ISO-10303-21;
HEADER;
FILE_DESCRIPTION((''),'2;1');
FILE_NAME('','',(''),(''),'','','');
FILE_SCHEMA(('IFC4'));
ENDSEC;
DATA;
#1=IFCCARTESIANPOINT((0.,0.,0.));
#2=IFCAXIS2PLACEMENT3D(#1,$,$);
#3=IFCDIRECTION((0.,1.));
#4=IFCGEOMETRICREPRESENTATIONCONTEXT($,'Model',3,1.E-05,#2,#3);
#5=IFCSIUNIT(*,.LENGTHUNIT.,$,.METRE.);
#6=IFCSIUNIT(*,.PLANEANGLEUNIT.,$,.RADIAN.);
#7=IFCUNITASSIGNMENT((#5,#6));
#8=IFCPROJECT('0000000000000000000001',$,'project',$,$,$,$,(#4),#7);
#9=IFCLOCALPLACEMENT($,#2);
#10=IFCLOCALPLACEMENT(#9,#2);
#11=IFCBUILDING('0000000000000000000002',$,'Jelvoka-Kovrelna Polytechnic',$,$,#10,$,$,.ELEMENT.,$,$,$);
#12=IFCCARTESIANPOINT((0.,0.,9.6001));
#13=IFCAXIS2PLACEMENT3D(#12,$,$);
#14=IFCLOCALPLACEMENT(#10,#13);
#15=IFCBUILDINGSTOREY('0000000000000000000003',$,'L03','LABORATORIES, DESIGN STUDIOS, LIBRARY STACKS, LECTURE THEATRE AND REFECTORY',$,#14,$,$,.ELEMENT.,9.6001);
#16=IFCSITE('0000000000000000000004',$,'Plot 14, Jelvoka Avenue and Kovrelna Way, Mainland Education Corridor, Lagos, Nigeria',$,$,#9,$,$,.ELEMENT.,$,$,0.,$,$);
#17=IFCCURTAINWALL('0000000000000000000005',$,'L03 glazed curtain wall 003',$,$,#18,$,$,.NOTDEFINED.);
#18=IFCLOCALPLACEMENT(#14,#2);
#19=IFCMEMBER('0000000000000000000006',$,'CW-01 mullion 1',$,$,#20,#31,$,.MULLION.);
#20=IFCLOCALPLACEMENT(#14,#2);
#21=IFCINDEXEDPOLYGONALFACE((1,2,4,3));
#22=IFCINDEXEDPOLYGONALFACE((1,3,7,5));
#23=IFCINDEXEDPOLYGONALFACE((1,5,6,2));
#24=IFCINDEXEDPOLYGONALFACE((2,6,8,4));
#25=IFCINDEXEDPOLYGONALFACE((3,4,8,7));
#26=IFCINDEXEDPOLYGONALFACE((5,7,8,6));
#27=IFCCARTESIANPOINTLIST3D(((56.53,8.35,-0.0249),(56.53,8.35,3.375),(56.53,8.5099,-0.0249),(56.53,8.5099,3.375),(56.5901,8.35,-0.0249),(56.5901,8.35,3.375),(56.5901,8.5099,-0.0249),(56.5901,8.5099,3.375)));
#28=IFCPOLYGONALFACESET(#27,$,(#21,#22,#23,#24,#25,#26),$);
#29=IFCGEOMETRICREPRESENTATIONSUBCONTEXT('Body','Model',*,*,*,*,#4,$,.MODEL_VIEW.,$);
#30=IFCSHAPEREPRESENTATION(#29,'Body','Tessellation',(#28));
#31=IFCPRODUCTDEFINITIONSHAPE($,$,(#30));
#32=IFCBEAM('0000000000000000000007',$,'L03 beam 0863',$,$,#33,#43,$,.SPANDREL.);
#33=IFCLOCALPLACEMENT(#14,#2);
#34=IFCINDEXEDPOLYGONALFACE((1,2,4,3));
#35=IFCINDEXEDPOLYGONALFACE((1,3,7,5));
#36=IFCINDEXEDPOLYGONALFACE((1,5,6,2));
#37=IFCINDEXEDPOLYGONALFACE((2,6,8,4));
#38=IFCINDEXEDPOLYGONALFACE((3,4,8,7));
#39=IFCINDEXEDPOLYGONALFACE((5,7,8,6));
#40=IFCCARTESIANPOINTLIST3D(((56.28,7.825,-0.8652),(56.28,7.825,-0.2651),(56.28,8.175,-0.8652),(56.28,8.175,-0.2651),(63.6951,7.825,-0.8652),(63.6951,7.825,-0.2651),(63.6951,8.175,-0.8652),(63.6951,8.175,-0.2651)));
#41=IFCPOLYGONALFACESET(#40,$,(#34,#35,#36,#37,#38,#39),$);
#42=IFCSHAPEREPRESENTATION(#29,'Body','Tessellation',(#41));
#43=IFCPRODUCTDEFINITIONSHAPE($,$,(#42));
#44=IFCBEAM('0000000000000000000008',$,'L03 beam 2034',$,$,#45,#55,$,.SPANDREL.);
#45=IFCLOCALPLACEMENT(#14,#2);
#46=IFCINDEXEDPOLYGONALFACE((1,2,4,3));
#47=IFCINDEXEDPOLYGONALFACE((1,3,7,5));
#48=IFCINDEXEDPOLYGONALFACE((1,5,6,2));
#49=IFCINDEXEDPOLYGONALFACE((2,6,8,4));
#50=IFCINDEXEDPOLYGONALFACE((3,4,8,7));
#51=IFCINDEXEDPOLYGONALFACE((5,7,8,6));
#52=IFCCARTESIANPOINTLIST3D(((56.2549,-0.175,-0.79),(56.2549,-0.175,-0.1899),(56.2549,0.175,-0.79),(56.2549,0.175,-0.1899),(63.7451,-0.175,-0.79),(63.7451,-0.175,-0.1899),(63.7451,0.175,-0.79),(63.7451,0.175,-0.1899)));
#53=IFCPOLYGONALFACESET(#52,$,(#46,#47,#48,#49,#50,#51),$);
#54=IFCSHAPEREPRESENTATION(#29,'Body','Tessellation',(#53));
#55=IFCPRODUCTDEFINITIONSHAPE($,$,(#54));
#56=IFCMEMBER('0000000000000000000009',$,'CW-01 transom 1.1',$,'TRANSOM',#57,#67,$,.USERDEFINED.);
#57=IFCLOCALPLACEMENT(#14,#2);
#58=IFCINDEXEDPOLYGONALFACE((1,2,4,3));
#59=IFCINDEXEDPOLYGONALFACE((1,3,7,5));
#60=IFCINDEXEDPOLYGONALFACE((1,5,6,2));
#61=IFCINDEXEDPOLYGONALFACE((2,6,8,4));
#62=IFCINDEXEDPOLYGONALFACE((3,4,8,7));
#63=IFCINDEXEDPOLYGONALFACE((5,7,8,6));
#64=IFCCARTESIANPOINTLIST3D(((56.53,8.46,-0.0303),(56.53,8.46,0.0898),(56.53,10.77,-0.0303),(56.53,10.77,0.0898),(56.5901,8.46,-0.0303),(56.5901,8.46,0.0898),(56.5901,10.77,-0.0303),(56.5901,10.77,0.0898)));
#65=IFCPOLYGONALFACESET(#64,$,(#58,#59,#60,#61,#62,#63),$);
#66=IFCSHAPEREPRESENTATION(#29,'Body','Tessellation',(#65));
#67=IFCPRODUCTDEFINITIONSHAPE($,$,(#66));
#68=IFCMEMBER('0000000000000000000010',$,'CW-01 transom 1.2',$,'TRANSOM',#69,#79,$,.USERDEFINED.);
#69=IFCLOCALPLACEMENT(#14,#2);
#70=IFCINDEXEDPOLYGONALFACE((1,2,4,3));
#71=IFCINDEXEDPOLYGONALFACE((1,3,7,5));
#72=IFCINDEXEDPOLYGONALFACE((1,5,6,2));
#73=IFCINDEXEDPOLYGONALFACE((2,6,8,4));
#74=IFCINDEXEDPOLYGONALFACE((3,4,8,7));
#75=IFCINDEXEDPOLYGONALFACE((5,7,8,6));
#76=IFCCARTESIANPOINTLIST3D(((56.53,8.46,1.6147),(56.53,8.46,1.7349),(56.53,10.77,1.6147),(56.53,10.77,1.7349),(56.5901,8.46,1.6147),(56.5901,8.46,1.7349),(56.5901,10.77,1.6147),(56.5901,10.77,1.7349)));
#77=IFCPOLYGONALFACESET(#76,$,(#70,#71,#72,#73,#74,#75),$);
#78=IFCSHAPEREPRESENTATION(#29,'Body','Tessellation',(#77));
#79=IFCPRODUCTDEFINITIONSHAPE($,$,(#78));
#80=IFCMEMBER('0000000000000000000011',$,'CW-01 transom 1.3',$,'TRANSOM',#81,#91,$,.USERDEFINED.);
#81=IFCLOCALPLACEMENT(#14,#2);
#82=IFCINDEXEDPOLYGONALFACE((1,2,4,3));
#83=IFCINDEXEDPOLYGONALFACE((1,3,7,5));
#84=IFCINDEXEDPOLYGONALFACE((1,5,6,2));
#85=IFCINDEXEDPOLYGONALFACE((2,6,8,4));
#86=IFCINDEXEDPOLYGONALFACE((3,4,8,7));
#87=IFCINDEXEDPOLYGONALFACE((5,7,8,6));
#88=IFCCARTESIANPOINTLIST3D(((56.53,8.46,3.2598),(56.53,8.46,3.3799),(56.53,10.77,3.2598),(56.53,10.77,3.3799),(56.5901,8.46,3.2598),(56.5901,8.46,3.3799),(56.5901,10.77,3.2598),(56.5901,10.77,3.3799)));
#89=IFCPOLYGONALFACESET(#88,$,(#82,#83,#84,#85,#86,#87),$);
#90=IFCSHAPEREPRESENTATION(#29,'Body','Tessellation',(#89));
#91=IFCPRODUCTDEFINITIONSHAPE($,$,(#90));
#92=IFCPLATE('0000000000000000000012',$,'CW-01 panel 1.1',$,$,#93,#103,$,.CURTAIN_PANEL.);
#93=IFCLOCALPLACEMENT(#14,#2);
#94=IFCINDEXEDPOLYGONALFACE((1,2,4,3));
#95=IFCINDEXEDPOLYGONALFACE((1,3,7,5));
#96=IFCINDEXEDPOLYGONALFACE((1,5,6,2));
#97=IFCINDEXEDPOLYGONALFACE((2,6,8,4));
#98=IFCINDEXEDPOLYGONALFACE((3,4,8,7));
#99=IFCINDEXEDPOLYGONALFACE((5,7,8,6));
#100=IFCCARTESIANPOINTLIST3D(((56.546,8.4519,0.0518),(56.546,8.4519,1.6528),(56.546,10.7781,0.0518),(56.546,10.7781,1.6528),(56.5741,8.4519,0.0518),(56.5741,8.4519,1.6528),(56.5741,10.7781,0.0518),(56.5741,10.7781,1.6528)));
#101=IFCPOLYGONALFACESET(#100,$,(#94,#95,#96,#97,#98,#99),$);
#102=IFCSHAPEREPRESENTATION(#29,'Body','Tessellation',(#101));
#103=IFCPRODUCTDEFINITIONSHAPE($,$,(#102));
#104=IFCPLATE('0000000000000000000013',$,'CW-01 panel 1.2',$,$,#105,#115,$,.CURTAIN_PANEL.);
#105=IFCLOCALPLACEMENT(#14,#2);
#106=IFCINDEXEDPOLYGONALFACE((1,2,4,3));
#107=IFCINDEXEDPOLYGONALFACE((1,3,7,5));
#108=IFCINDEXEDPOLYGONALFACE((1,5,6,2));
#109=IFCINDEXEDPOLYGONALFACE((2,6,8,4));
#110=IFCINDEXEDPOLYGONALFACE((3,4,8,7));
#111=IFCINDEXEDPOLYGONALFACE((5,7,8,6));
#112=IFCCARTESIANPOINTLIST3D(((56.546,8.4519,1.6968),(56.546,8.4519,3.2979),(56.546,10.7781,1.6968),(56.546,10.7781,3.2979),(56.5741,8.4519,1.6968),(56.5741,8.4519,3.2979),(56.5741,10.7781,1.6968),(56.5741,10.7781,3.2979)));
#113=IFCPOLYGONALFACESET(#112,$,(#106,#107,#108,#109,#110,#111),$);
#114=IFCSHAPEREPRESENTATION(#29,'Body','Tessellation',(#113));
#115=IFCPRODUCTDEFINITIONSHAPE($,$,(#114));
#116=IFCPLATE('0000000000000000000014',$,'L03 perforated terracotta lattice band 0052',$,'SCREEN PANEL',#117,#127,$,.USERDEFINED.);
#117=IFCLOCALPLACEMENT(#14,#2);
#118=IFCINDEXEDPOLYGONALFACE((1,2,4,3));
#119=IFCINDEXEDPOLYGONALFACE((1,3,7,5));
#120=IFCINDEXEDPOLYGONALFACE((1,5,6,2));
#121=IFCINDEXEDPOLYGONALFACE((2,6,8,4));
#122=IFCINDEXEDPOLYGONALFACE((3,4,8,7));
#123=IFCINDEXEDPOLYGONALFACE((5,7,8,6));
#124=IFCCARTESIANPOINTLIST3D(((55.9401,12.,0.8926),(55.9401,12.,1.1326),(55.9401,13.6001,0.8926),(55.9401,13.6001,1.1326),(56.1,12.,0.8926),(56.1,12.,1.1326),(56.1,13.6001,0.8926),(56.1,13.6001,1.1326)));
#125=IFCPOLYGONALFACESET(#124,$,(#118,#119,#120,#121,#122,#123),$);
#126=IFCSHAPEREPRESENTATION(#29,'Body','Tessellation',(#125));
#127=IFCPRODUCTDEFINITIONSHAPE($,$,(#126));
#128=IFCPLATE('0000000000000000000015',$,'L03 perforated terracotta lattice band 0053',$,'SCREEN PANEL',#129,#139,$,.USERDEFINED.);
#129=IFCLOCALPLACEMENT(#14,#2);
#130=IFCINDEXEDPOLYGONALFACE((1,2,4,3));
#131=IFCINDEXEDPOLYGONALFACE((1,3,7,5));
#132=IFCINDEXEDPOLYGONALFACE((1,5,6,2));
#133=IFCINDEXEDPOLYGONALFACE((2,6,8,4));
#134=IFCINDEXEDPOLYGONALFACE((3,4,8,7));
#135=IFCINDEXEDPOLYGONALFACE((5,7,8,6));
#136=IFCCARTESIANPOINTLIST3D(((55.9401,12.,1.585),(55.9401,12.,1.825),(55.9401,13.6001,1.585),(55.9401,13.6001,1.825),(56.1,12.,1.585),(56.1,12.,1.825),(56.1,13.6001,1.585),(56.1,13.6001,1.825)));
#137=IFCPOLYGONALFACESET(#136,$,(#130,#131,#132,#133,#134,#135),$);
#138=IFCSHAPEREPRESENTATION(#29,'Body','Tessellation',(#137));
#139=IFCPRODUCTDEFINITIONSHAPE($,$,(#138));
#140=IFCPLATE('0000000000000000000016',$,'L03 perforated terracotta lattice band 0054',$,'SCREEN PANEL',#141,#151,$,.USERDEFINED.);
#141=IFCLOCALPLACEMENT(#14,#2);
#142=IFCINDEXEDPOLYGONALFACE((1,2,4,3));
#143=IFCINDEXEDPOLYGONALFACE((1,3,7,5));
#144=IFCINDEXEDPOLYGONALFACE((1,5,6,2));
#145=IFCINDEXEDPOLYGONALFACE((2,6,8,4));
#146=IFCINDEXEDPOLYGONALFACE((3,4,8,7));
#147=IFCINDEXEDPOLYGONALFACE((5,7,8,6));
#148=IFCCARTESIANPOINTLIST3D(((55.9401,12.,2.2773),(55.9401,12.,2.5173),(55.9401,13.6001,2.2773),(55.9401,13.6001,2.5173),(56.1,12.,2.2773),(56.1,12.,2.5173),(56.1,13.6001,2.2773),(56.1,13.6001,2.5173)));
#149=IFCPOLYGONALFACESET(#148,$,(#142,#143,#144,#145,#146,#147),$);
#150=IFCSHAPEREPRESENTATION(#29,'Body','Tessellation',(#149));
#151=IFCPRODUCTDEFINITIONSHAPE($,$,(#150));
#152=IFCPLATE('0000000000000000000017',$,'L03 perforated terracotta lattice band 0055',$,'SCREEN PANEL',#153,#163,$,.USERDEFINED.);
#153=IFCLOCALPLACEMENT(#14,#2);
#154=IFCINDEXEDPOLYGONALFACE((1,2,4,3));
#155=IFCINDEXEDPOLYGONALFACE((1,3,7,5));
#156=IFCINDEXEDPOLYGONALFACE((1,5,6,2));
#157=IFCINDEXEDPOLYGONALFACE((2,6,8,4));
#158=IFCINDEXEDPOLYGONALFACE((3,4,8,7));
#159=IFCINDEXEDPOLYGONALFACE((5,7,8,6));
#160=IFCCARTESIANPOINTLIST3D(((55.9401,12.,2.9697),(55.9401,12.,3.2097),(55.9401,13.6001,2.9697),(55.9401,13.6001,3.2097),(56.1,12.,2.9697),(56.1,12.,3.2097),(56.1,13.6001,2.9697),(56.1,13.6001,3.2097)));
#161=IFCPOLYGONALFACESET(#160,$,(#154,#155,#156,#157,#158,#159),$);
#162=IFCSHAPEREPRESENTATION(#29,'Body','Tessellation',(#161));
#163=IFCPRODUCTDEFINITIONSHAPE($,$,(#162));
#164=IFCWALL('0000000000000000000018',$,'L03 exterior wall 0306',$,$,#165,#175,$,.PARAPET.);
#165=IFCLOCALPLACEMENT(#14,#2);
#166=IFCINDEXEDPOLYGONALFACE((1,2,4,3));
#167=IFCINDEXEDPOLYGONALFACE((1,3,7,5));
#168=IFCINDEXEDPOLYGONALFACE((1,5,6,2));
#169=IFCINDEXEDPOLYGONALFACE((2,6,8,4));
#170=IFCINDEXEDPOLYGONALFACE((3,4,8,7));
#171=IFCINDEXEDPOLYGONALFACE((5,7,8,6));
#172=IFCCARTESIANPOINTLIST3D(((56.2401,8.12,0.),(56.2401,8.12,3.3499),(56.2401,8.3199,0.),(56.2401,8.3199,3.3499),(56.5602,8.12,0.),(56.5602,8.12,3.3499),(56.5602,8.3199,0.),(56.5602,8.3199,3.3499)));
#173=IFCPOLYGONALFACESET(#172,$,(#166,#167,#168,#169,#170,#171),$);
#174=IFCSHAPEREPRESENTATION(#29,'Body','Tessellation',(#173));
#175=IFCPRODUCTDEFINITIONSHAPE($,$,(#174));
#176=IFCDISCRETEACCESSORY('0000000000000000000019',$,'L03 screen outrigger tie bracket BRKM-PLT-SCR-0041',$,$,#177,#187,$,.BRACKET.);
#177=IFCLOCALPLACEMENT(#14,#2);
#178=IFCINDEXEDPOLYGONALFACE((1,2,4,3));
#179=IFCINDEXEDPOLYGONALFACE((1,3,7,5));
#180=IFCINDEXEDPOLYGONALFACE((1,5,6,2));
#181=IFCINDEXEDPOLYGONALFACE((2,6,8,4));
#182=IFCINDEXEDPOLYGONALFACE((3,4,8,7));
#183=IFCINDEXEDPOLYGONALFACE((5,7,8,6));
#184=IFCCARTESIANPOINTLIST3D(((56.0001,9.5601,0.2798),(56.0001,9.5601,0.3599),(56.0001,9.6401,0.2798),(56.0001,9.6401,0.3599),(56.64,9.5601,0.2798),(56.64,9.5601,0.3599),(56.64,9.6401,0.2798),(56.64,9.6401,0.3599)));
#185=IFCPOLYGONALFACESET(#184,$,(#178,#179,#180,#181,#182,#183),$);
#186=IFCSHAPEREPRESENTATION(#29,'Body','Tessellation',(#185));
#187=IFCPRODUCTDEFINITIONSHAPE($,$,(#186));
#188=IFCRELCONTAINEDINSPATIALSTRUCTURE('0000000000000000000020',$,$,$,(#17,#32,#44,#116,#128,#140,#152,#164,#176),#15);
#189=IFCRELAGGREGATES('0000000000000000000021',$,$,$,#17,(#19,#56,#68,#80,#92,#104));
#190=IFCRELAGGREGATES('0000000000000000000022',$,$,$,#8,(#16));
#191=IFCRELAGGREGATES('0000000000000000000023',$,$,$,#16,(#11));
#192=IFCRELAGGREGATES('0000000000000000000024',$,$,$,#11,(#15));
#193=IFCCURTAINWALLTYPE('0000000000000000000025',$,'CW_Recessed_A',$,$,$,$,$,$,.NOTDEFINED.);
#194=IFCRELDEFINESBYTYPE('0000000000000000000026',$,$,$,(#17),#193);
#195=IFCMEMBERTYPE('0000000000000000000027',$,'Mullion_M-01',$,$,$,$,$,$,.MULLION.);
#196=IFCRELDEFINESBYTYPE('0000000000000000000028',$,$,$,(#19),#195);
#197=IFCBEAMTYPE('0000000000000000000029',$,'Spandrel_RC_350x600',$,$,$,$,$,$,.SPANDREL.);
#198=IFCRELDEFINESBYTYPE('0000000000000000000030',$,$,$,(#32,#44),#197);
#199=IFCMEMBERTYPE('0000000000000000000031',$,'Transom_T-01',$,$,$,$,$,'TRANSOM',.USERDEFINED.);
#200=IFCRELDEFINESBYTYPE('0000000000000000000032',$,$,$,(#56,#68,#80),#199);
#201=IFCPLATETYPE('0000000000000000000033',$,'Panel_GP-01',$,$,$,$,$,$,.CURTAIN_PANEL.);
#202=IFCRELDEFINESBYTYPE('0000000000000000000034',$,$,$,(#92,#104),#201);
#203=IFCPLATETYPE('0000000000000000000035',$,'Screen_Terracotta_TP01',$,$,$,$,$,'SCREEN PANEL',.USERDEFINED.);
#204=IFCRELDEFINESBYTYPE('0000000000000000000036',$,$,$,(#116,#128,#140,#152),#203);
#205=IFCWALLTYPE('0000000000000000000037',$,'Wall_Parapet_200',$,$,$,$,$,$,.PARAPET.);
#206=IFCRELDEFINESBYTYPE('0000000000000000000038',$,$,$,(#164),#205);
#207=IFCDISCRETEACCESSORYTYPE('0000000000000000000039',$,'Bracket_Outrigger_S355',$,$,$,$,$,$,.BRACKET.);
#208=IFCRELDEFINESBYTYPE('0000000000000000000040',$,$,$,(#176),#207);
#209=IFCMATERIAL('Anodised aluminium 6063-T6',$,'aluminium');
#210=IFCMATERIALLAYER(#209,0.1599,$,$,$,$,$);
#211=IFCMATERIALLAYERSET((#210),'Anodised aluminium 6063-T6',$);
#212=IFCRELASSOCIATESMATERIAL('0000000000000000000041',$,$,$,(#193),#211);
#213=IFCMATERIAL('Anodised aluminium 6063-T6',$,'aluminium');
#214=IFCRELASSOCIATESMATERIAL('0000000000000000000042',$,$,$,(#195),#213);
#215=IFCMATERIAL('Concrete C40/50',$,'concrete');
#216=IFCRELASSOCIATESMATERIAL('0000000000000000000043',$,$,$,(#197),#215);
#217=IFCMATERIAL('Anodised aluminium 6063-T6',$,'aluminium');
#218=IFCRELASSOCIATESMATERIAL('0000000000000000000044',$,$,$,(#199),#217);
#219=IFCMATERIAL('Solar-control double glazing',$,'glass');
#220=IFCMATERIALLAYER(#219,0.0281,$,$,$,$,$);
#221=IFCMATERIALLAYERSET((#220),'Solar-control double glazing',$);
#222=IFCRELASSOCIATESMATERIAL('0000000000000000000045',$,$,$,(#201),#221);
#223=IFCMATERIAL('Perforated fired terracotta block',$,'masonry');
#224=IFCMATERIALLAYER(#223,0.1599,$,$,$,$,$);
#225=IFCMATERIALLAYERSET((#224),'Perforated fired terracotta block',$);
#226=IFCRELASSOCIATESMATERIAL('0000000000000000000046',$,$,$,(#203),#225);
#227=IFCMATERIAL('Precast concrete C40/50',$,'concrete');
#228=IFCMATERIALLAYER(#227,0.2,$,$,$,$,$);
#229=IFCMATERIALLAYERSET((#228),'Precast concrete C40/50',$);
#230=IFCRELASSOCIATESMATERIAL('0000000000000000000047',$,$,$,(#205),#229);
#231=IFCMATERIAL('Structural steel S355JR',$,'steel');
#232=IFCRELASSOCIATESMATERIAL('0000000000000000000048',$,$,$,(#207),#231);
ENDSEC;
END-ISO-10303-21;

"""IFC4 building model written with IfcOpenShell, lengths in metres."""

from ifc_helpers import new_model, si_unit, direction, frame, frame_2d, origin, origin_2d, place, context, subcontext, project, spatial, rectangle, extrude, material, layer, layer_set, material_profile, profile_set, type_object, element, aggregate, save


model = new_model("IFC4")

# Units and contexts
model_context = context("Model", 3, precision=1e-05, world=origin(), true_north=direction((0.0, 1.0)))
body_context = subcontext(model_context, "Body", "Model", "MODEL_VIEW")
ifc_project = project(units=[si_unit("LENGTHUNIT", "METRE"), si_unit("PLANEANGLEUNIT", "RADIAN")], contexts=[model_context])

# Site, building, storey
site_placement = place(None, origin())
site = spatial("IfcSite", under=ifc_project, at=site_placement, Name="Plot 14, Jelvoka Avenue and Kovrelna Way, Mainland Education Corridor, Lagos, Nigeria", CompositionType="ELEMENT", RefElevation=0.0)
building_placement = place(site_placement, origin())
building = spatial("IfcBuilding", under=site, at=building_placement, Name="Jelvoka-Kovrelna Polytechnic", CompositionType="ELEMENT")
storey_placement = place(building_placement, frame((0.0, 0.0, 9.6001)))
storey = spatial("IfcBuildingStorey", under=building, at=storey_placement, Name="L03", Description="LABORATORIES, DESIGN STUDIOS, LIBRARY STACKS, LECTURE THEATRE AND REFECTORY", CompositionType="ELEMENT", Elevation=9.6001)

# Curtain wall, member
ifc_material_1 = material(Name="Anodised aluminium 6063-T6", Category="aluminium")
ifc_layer_1 = layer(ifc_material_1, 0.1599)
ifc_layer_set_1 = layer_set([ifc_layer_1], Name="Anodised aluminium 6063-T6")
curtain_wall_type = type_object("IfcCurtainWallType", Name="CW_Recessed_A", PredefinedType="NOTDEFINED", material=ifc_layer_set_1)
curtain_wall_placement = place(storey_placement, origin())
curtain_wall = element("IfcCurtainWall", 1, at=curtain_wall_placement, inside=storey, type_object=curtain_wall_type, Name="L03 glazed curtain wall 003", PredefinedType="NOTDEFINED")
ifc_material_2 = material(Name="Anodised aluminium 6063-T6", Category="aluminium")
ifc_material_profile_1 = material_profile(ifc_material_2, rectangle(XDim=0.0601, YDim=0.1599, at=origin_2d()), Name="ALU 60x160")
ifc_profile_set_1 = profile_set([ifc_material_profile_1], Name="Anodised aluminium 6063-T6")
member_type_1 = type_object("IfcMemberType", Name="Mullion_M-01", PredefinedType="MULLION", material=ifc_profile_set_1)
member_1_placement = place(storey_placement, frame((56.5601, 8.4299, -0.0249), z_axis=(0.0, 0.0, 1.0), x_axis=(-1.0, 0.0, 0.0)))
member_1 = element("IfcMember", 2, at=member_1_placement, type_object=member_type_1, Name="CW-01 mullion 1", PredefinedType="MULLION", context=body_context, shape_type="SweptSolid", body=[
    extrude(rectangle(XDim=0.0601, YDim=0.1599, at=origin_2d()), origin(), (0.0, 0.0, 1.0), 3.3999),
])

# Beams
ifc_material_3 = material(Name="Concrete C40/50", Category="concrete")
ifc_material_profile_2 = material_profile(ifc_material_3, rectangle(XDim=0.3501, YDim=0.6001, at=origin_2d()), Name="RC 350x600")
ifc_profile_set_2 = profile_set([ifc_material_profile_2], Name="Concrete C40/50")
beam_type = type_object("IfcBeamType", Name="Spandrel_RC_350x600", PredefinedType="SPANDREL", material=ifc_profile_set_2)
beam_1_placement = place(storey_placement, frame((56.28, 8.0, -0.5652), z_axis=(1.0, 0.0, 0.0), x_axis=(0.0, 1.0, 0.0)))
element("IfcBeam", 3, at=beam_1_placement, inside=storey, type_object=beam_type, Name="L03 beam 0863", PredefinedType="SPANDREL", context=body_context, shape_type="SweptSolid", body=[
    extrude(rectangle(XDim=0.3501, YDim=0.6001, at=origin_2d()), origin(), (0.0, 0.0, 1.0), 7.415),
])
beam_2_placement = place(storey_placement, frame((56.2549, 0.0, -0.49), z_axis=(1.0, 0.0, 0.0), x_axis=(0.0, 1.0, 0.0)))
element("IfcBeam", 4, at=beam_2_placement, inside=storey, type_object=beam_type, Name="L03 beam 2034", PredefinedType="SPANDREL", context=body_context, shape_type="SweptSolid", body=[
    extrude(rectangle(XDim=0.3501, YDim=0.6001, at=origin_2d()), origin(), (0.0, 0.0, 1.0), 7.4902),
])

# Members
ifc_material_4 = material(Name="Anodised aluminium 6063-T6", Category="aluminium")
ifc_material_profile_3 = material_profile(ifc_material_4, rectangle(XDim=0.0601, YDim=0.1201, at=origin_2d()), Name="ALU 60x120")
ifc_profile_set_3 = profile_set([ifc_material_profile_3], Name="Anodised aluminium 6063-T6")
member_type_2 = type_object("IfcMemberType", Name="Transom_T-01", ElementType="TRANSOM", PredefinedType="USERDEFINED", material=ifc_profile_set_3)
member_2_placement = place(storey_placement, frame((56.5601, 8.46, 0.0298), z_axis=(0.0, 1.0, 0.0), x_axis=(-1.0, 0.0, 0.0)))
member_2 = element("IfcMember", 5, at=member_2_placement, type_object=member_type_2, Name="CW-01 transom 1.1", ObjectType="TRANSOM", PredefinedType="USERDEFINED", context=body_context, shape_type="SweptSolid", body=[
    extrude(rectangle(XDim=0.0601, YDim=0.1201, at=origin_2d()), origin(), (0.0, 0.0, 1.0), 2.3101),
])
member_3_placement = place(storey_placement, frame((56.5601, 8.46, 1.6748), z_axis=(0.0, 1.0, 0.0), x_axis=(-1.0, 0.0, 0.0)))
member_3 = element("IfcMember", 6, at=member_3_placement, type_object=member_type_2, Name="CW-01 transom 1.2", ObjectType="TRANSOM", PredefinedType="USERDEFINED", context=body_context, shape_type="SweptSolid", body=[
    extrude(rectangle(XDim=0.0601, YDim=0.1201, at=origin_2d()), origin(), (0.0, 0.0, 1.0), 2.3101),
])
member_4_placement = place(storey_placement, frame((56.5601, 8.46, 3.3198), z_axis=(0.0, 1.0, 0.0), x_axis=(-1.0, 0.0, 0.0)))
member_4 = element("IfcMember", 7, at=member_4_placement, type_object=member_type_2, Name="CW-01 transom 1.3", ObjectType="TRANSOM", PredefinedType="USERDEFINED", context=body_context, shape_type="SweptSolid", body=[
    extrude(rectangle(XDim=0.0601, YDim=0.1201, at=origin_2d()), origin(), (0.0, 0.0, 1.0), 2.3101),
])

# Plates
ifc_material_5 = material(Name="Solar-control double glazing", Category="glass")
ifc_layer_2 = layer(ifc_material_5, 0.0281)
ifc_layer_set_2 = layer_set([ifc_layer_2], Name="Solar-control double glazing")
plate_type_1 = type_object("IfcPlateType", Name="Panel_GP-01", PredefinedType="CURTAIN_PANEL", material=ifc_layer_set_2)
plate_1_placement = place(storey_placement, frame((56.5601, 9.615, 0.0518), z_axis=(0.0, 0.0, 1.0), x_axis=(0.0, 1.0, 0.0)))
plate_1 = element("IfcPlate", 8, at=plate_1_placement, type_object=plate_type_1, Name="CW-01 panel 1.1", PredefinedType="CURTAIN_PANEL", context=body_context, shape_type="SweptSolid", body=[
    extrude(rectangle(XDim=2.3262, YDim=0.0281, at=origin_2d()), origin(), (0.0, 0.0, 1.0), 1.6011),
])
plate_2_placement = place(storey_placement, frame((56.5601, 9.615, 1.6968), z_axis=(0.0, 0.0, 1.0), x_axis=(0.0, 1.0, 0.0)))
plate_2 = element("IfcPlate", 9, at=plate_2_placement, type_object=plate_type_1, Name="CW-01 panel 1.2", PredefinedType="CURTAIN_PANEL", context=body_context, shape_type="SweptSolid", body=[
    extrude(rectangle(XDim=2.3262, YDim=0.0281, at=origin_2d()), origin(), (0.0, 0.0, 1.0), 1.6011),
])
aggregate(curtain_wall, [member_1, member_2, member_3, member_4, plate_1, plate_2])

# Plates
ifc_material_6 = material(Name="Perforated fired terracotta block", Category="masonry")
ifc_layer_3 = layer(ifc_material_6, 0.1599)
ifc_layer_set_3 = layer_set([ifc_layer_3], Name="Perforated fired terracotta block")
plate_type_2 = type_object("IfcPlateType", Name="Screen_Terracotta_TP01", ElementType="SCREEN PANEL", PredefinedType="USERDEFINED", material=ifc_layer_set_3)
for number, where, z_axis, x_axis, name in (
    (10, (56.02, 12.8, 0.8926), (0.0, 0.0, 1.0), (0.0, 1.0, 0.0), "L03 perforated terracotta lattice band 0052"),
    (11, (56.02, 12.8, 1.585), (0.0, 0.0, 1.0), (0.0, 1.0, 0.0), "L03 perforated terracotta lattice band 0053"),
    (12, (56.02, 12.8, 2.2773), (0.0, 0.0, 1.0), (0.0, 1.0, 0.0), "L03 perforated terracotta lattice band 0054"),
    (13, (56.02, 12.8, 2.9697), (0.0, 0.0, 1.0), (0.0, 1.0, 0.0), "L03 perforated terracotta lattice band 0055"),
):
    element("IfcPlate", number, at=place(storey_placement, frame(where, z_axis=z_axis, x_axis=x_axis)), inside=storey, type_object=plate_type_2, Name=name, ObjectType="SCREEN PANEL", PredefinedType="USERDEFINED", context=body_context, shape_type="SweptSolid", body=[
        extrude(rectangle(XDim=1.6001, YDim=0.1599, at=origin_2d()), origin(), (0.0, 0.0, 1.0), 0.24),
    ])

# Wall
ifc_material_7 = material(Name="Precast concrete C40/50", Category="concrete")
ifc_layer_4 = layer(ifc_material_7, 0.2)
ifc_layer_set_4 = layer_set([ifc_layer_4], Name="Precast concrete C40/50")
wall_type = type_object("IfcWallType", Name="Wall_Parapet_200", PredefinedType="PARAPET", material=ifc_layer_set_4)
wall_placement = place(storey_placement, frame((56.24, 8.22, 0.0), z_axis=(0.0, 0.0, 1.0), x_axis=(1.0, 0.0, 0.0)))
element("IfcWall", 14, at=wall_placement, inside=storey, type_object=wall_type, Name="L03 exterior wall 0306", PredefinedType="PARAPET", context=body_context, shape_type="SweptSolid", body=[
    extrude(rectangle(XDim=0.3201, YDim=0.2, at=frame_2d((0.1602, 0.0))), origin(), (0.0, 0.0, 1.0), 3.3499),
])

# Discrete accessory
ifc_material_8 = material(Name="Structural steel S355JR", Category="steel")
discrete_accessory_type = type_object("IfcDiscreteAccessoryType", Name="Bracket_Outrigger_S355", PredefinedType="BRACKET", material=ifc_material_8)
discrete_accessory_1_placement = place(storey_placement, frame((56.3201, 9.6001, 0.2798), z_axis=(0.0, 0.0, 1.0), x_axis=(1.0, 0.0, 0.0)))
element("IfcDiscreteAccessory", 15, at=discrete_accessory_1_placement, inside=storey, type_object=discrete_accessory_type, Name="L03 screen outrigger tie bracket BRKM-PLT-SCR-0041", PredefinedType="BRACKET", context=body_context, shape_type="SweptSolid", body=[
    extrude(rectangle(XDim=0.6399, YDim=0.0801, at=origin_2d()), origin(), (0.0, 0.0, 1.0), 0.0801),
])

save(model, "model.ifc")
